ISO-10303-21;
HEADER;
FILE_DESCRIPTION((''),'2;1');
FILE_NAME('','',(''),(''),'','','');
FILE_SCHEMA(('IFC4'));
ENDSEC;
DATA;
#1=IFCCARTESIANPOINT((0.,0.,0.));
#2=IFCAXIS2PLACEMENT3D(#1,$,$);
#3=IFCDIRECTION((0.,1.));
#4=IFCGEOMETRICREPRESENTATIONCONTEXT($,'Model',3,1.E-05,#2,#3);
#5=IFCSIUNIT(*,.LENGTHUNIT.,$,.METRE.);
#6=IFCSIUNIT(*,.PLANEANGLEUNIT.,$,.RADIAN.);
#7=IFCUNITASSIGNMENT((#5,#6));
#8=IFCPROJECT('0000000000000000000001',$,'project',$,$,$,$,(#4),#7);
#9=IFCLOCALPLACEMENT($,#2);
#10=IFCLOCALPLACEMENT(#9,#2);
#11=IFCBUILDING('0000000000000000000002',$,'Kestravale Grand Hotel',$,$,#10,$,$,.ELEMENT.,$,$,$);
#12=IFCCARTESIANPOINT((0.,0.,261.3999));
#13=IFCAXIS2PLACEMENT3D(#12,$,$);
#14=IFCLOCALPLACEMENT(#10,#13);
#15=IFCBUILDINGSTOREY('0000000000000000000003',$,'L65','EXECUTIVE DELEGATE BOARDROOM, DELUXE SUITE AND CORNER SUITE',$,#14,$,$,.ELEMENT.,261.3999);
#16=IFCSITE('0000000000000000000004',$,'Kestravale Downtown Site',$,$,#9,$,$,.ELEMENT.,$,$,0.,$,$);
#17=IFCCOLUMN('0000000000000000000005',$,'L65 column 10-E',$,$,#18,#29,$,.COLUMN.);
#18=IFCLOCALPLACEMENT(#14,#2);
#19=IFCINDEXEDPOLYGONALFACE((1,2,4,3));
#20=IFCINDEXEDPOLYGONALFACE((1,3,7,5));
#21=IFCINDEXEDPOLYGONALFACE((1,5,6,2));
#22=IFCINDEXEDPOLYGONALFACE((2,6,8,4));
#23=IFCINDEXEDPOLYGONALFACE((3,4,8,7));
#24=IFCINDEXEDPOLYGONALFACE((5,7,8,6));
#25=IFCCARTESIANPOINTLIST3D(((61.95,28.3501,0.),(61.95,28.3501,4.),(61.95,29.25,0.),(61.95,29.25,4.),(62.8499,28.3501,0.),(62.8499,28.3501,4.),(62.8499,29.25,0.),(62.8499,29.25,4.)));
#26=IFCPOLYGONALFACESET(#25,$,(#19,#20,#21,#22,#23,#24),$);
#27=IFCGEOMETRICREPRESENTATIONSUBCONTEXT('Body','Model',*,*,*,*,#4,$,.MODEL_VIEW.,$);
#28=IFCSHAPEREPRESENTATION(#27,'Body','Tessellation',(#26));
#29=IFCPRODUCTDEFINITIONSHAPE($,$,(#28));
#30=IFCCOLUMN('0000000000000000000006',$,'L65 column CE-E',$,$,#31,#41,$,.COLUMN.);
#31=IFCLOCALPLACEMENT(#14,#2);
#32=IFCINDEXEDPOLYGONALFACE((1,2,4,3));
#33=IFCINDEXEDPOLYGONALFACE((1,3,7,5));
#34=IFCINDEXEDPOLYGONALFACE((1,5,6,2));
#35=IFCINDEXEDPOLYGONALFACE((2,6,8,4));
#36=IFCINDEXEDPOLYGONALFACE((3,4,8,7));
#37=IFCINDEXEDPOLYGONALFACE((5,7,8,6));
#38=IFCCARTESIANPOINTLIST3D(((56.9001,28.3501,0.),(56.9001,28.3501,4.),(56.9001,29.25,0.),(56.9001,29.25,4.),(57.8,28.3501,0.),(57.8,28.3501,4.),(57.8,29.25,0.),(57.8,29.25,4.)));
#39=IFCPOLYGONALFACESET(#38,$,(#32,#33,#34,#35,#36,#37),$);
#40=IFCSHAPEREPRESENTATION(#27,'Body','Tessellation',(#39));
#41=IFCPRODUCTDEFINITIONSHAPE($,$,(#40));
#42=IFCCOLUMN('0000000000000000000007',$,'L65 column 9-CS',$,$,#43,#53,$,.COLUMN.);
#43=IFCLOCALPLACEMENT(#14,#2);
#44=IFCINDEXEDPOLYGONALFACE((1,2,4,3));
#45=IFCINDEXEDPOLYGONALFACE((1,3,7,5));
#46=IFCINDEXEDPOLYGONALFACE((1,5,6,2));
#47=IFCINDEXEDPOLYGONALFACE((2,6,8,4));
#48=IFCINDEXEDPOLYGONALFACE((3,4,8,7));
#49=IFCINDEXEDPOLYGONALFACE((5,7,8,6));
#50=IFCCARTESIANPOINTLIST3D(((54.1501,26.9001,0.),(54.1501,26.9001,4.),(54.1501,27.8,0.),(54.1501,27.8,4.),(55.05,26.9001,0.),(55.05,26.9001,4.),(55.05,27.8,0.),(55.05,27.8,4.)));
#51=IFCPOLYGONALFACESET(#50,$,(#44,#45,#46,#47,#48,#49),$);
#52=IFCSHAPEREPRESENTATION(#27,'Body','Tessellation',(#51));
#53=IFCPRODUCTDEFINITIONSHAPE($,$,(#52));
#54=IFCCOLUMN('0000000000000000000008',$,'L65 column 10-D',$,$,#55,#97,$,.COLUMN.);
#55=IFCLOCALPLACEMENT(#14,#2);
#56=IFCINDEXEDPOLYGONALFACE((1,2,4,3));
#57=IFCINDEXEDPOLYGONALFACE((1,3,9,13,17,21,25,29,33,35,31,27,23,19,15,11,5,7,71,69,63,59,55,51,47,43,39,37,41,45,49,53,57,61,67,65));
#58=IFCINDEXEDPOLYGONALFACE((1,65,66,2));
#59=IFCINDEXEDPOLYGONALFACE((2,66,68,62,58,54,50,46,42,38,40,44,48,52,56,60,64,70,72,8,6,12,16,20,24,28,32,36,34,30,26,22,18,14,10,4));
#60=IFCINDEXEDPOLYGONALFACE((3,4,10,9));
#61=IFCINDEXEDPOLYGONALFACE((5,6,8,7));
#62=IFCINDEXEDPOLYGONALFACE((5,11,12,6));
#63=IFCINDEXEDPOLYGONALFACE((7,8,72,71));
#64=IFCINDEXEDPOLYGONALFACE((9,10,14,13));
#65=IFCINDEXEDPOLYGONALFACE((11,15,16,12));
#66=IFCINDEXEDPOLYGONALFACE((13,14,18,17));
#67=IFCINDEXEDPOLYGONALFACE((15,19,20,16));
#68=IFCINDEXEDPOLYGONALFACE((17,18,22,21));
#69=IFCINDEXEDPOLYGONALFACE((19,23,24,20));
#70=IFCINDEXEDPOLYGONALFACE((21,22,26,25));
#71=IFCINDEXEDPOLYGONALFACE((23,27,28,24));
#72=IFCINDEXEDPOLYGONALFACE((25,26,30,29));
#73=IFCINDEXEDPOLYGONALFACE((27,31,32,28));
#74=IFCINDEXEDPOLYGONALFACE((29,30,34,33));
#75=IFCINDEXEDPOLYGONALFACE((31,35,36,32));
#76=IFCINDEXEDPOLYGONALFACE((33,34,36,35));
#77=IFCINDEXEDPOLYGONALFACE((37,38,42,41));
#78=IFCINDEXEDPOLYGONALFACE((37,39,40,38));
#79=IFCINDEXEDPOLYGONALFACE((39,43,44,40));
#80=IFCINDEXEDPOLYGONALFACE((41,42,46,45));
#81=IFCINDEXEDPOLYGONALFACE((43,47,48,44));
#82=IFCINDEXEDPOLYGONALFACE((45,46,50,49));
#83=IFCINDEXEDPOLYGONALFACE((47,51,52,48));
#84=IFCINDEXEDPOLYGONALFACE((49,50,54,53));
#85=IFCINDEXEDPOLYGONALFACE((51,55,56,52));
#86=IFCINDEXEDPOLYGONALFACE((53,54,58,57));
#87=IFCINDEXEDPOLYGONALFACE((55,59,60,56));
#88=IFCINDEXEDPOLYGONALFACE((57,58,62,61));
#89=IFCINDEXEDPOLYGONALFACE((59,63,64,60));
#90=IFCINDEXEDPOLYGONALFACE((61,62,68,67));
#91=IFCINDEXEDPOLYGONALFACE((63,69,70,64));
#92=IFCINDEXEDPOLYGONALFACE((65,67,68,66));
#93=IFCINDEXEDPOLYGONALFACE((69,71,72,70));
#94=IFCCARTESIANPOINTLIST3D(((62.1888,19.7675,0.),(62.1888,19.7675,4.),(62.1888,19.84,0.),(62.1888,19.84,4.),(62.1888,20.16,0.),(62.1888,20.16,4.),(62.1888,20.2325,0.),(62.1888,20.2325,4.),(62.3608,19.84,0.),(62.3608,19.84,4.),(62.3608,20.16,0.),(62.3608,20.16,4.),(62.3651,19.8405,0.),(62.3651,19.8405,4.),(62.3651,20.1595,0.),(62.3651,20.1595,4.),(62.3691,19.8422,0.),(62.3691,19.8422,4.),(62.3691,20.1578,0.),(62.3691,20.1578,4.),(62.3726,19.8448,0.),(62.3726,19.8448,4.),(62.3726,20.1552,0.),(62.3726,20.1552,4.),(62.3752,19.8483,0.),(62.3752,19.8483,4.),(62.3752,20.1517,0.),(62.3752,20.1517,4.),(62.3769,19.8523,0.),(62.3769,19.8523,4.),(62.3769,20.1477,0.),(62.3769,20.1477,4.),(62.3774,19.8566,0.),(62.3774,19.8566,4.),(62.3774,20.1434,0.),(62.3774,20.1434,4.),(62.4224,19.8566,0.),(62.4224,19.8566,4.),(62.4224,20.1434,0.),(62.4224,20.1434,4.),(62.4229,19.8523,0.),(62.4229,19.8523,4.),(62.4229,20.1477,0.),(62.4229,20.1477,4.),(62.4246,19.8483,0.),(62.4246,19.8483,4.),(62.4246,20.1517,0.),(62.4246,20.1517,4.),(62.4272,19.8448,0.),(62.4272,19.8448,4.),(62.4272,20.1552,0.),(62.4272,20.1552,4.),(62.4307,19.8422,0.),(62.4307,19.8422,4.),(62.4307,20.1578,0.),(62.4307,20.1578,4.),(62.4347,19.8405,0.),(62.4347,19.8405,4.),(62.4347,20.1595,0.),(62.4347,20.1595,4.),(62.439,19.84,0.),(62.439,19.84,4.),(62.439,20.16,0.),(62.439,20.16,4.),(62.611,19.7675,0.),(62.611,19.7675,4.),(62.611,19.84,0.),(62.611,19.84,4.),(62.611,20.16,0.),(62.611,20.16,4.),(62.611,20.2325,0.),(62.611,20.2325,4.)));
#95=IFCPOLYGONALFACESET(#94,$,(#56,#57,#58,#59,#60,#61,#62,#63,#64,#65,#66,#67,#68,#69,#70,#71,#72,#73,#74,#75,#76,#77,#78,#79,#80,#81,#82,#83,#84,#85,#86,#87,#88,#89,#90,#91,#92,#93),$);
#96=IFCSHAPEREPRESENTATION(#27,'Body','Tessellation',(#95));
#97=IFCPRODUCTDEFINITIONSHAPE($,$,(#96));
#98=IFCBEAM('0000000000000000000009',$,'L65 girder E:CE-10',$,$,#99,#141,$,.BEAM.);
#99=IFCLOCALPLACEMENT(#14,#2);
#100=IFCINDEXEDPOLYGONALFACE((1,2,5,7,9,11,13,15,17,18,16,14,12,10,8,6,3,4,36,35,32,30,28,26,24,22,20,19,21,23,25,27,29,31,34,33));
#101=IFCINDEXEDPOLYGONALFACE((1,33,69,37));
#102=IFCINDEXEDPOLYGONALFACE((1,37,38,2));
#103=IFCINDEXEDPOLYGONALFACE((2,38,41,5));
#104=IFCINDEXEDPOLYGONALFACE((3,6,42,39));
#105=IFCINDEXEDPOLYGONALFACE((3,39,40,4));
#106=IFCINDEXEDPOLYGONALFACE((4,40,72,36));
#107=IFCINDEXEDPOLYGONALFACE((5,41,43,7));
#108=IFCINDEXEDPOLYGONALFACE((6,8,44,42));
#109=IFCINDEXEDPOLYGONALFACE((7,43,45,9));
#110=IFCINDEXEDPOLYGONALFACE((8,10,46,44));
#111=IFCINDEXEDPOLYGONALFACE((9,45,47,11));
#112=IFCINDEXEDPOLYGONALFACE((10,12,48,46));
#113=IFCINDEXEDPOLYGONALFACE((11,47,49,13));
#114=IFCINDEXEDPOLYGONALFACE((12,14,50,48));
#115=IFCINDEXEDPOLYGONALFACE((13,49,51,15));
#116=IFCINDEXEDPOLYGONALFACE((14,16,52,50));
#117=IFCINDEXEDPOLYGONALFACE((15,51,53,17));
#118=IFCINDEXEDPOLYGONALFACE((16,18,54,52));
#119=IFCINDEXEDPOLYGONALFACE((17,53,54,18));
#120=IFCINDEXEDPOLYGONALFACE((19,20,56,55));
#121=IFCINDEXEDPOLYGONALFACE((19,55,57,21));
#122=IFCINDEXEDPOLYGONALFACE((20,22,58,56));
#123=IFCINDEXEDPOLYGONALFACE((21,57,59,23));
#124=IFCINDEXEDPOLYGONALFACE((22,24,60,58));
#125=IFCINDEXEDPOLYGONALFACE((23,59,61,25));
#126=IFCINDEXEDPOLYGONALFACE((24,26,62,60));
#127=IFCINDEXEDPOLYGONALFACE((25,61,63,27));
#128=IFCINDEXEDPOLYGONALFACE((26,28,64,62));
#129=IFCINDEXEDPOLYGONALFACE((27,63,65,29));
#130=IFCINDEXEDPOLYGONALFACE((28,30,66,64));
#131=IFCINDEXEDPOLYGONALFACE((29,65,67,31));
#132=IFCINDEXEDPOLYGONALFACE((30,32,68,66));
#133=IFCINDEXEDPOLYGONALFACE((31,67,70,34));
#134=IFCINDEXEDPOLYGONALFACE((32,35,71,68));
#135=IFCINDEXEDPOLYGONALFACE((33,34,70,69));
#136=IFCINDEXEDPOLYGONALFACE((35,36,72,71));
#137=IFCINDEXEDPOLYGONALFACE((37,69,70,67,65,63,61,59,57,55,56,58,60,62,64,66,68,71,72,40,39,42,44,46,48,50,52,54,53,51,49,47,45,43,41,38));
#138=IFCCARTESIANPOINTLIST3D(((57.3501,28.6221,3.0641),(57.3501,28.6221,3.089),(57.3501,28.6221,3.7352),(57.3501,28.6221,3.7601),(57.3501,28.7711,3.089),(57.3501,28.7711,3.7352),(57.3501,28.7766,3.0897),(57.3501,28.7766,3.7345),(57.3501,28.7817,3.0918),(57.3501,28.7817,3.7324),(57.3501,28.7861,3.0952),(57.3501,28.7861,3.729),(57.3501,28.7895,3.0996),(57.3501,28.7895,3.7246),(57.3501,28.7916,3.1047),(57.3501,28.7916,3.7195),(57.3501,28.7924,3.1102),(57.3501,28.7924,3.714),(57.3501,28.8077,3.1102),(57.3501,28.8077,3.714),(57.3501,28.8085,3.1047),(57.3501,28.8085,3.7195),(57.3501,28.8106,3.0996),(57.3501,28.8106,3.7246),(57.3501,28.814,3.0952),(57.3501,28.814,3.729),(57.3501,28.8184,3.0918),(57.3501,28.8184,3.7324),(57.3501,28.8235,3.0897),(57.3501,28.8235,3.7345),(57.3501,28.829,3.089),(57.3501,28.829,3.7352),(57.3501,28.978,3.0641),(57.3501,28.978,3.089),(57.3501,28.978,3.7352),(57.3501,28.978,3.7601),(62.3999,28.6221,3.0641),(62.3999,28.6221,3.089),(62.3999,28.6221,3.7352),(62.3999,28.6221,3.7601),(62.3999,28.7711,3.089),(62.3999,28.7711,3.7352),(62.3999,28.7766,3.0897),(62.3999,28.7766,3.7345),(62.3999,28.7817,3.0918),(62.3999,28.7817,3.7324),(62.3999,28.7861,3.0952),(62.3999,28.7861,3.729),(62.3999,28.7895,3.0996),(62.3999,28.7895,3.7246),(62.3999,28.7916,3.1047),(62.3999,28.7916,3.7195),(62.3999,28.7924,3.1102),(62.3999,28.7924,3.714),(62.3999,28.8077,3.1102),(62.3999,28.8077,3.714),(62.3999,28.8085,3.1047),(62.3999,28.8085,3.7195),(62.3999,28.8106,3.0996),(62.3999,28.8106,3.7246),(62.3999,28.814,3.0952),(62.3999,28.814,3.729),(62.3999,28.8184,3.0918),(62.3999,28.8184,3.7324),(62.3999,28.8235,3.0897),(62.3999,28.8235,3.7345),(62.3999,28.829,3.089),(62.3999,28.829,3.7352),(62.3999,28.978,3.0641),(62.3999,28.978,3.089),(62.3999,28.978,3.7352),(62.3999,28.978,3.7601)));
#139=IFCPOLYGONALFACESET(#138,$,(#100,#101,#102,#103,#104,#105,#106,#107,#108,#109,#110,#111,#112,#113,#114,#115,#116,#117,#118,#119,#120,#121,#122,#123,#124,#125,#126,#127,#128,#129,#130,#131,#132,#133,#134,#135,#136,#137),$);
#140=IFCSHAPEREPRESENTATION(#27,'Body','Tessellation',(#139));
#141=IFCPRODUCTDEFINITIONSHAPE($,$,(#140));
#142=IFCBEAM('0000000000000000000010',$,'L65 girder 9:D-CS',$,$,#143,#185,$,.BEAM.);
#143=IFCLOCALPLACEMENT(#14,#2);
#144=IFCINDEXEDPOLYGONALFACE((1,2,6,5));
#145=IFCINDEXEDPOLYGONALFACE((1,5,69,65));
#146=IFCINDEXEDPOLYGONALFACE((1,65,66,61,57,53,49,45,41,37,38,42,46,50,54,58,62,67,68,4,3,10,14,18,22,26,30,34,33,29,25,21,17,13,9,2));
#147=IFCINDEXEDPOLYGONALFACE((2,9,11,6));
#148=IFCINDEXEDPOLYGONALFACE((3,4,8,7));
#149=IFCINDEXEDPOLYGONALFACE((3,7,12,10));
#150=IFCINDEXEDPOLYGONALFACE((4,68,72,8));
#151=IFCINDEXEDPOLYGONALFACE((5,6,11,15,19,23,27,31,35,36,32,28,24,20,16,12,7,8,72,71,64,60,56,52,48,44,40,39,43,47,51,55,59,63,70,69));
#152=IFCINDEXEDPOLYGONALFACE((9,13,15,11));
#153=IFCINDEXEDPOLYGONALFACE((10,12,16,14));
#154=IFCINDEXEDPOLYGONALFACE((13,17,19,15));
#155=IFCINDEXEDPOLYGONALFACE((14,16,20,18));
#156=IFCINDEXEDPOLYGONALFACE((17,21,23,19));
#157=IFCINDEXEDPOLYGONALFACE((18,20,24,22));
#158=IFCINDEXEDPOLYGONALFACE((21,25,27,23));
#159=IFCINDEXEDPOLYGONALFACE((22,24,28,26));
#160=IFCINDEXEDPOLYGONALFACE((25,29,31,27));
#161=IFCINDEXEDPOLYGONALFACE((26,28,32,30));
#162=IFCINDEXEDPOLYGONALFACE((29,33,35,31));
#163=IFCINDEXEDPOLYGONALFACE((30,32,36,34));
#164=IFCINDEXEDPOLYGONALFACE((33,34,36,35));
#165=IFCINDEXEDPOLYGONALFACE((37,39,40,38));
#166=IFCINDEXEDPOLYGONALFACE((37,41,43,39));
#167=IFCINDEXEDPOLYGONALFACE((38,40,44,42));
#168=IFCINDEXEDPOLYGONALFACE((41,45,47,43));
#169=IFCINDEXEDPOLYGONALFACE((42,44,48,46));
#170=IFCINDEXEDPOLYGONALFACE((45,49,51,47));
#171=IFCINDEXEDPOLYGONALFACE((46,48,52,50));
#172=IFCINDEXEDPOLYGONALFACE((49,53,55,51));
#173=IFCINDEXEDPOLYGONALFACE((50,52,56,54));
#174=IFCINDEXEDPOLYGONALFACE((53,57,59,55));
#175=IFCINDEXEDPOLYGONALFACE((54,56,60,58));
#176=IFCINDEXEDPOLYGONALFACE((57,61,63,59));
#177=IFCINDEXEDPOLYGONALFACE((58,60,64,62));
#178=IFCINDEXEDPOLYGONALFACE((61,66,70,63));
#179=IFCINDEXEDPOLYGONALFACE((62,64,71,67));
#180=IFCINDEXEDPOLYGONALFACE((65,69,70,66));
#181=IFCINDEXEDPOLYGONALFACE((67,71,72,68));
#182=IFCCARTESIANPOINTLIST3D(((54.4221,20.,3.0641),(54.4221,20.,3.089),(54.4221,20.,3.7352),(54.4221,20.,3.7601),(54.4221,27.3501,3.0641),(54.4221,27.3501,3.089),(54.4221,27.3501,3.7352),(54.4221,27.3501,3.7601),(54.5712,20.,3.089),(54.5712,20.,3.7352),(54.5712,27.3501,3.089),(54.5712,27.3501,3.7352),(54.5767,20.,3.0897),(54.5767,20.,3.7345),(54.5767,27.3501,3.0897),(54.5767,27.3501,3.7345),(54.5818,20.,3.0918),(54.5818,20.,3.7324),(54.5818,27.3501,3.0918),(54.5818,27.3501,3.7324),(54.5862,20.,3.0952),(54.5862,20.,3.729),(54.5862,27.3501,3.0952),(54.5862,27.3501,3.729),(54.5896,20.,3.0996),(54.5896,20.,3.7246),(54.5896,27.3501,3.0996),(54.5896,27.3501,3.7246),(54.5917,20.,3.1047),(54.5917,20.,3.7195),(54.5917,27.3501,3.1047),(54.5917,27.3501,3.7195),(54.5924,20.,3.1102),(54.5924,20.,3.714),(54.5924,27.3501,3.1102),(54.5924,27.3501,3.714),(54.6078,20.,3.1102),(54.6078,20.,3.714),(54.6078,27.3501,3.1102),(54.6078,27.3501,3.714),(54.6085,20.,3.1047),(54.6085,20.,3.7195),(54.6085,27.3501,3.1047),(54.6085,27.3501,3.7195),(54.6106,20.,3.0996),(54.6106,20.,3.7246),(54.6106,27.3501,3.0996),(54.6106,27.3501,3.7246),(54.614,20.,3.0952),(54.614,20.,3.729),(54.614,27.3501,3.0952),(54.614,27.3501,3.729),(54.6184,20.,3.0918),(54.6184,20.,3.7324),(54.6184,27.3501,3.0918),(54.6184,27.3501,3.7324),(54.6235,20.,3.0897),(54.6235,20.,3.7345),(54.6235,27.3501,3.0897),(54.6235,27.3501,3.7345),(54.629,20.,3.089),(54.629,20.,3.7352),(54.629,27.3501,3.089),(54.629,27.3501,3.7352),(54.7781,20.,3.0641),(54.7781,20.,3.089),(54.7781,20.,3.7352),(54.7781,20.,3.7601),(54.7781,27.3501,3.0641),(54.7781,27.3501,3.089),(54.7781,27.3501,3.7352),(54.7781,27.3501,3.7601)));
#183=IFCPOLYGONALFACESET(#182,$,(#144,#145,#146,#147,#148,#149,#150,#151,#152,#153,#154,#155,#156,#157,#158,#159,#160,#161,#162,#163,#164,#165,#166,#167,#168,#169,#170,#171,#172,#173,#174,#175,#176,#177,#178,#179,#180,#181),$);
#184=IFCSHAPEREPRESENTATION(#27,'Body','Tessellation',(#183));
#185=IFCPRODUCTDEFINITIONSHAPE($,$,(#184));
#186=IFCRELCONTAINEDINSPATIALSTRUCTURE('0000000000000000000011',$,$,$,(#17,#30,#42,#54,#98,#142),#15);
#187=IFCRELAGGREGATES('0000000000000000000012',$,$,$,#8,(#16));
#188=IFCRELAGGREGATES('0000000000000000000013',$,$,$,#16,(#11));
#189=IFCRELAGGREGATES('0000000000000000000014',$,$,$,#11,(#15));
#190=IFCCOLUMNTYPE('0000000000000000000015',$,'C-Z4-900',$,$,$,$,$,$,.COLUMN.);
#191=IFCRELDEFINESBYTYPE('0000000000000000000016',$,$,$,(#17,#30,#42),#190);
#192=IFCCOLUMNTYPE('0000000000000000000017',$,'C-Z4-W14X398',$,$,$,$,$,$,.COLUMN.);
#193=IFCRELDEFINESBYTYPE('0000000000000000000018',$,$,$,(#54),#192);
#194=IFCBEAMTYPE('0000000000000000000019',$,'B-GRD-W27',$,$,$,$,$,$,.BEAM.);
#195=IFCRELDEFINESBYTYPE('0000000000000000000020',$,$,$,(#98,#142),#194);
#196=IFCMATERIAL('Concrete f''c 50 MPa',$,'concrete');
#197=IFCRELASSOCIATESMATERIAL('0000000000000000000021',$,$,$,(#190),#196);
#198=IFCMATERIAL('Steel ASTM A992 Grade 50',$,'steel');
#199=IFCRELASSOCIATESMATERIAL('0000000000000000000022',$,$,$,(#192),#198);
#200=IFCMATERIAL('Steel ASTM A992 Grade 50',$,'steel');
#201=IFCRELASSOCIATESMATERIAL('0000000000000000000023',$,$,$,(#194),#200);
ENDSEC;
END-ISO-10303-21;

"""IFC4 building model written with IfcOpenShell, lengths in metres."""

from ifc_helpers import new_model, si_unit, direction, frame, origin, origin_2d, place, context, subcontext, project, spatial, rectangle, i_section, extrude, material, material_profile, profile_set, type_object, element, save


model = new_model("IFC4")

# Units and contexts
model_context = context("Model", 3, precision=1e-05, world=origin(), true_north=direction((0.0, 1.0)))
body_context = subcontext(model_context, "Body", "Model", "MODEL_VIEW")
ifc_project = project(units=[si_unit("LENGTHUNIT", "METRE"), si_unit("PLANEANGLEUNIT", "RADIAN")], contexts=[model_context])

# Site, building, storey
site_placement = place(None, origin())
site = spatial("IfcSite", under=ifc_project, at=site_placement, Name="Kestravale Downtown Site", CompositionType="ELEMENT", RefElevation=0.0)
building_placement = place(site_placement, origin())
building = spatial("IfcBuilding", under=site, at=building_placement, Name="Kestravale Grand Hotel", CompositionType="ELEMENT")
storey_placement = place(building_placement, frame((0.0, 0.0, 261.3999)))
storey = spatial("IfcBuildingStorey", under=building, at=storey_placement, Name="L65", Description="EXECUTIVE DELEGATE BOARDROOM, DELUXE SUITE AND CORNER SUITE", CompositionType="ELEMENT", Elevation=261.3999)

# Columns
ifc_material_1 = material(Name="Concrete f'c 50 MPa", Category="concrete")
ifc_material_profile_1 = material_profile(ifc_material_1, rectangle(XDim=0.8999, YDim=0.8999, at=origin_2d()))
ifc_profile_set_1 = profile_set([ifc_material_profile_1], Name="Concrete f'c 50 MPa")
column_type_1 = type_object("IfcColumnType", Name="C-Z4-900", PredefinedType="COLUMN", material=ifc_profile_set_1)
for number, where, z_axis, x_axis, name in (
    (1, (62.3999, 28.8, 0.0), (0.0, 0.0, 1.0), (1.0, 0.0, 0.0), "L65 column 10-E"),
    (2, (57.3501, 28.8, 0.0), (0.0, 0.0, 1.0), (1.0, 0.0, 0.0), "L65 column CE-E"),
    (3, (54.6001, 27.3501, 0.0), (0.0, 0.0, 1.0), (1.0, 0.0, 0.0), "L65 column 9-CS"),
):
    element("IfcColumn", number, at=place(storey_placement, frame(where, z_axis=z_axis, x_axis=x_axis)), inside=storey, type_object=column_type_1, Name=name, PredefinedType="COLUMN", context=body_context, shape_type="SweptSolid", body=[
        extrude(rectangle(XDim=0.8999, YDim=0.8999, at=origin_2d()), origin(), (0.0, 0.0, 1.0), 4.0),
    ])
ifc_material_2 = material(Name="Steel ASTM A992 Grade 50", Category="steel")
ifc_material_profile_2 = material_profile(ifc_material_2, i_section(OverallWidth=0.4221, OverallDepth=0.4651, WebThickness=0.0449, FlangeThickness=0.0725, FilletRadius=0.0166, at=origin_2d()))
ifc_profile_set_2 = profile_set([ifc_material_profile_2], Name="Steel ASTM A992 Grade 50")
column_type_2 = type_object("IfcColumnType", Name="C-Z4-W14X398", PredefinedType="COLUMN", material=ifc_profile_set_2)
column_placement = place(storey_placement, frame((62.3999, 20.0, 0.0), z_axis=(0.0, 0.0, 1.0), x_axis=(1.0, 0.0, 0.0)))
element("IfcColumn", 4, at=column_placement, inside=storey, type_object=column_type_2, Name="L65 column 10-D", PredefinedType="COLUMN", context=body_context, shape_type="SweptSolid", body=[
    extrude(i_section(OverallWidth=0.4221, OverallDepth=0.4651, WebThickness=0.0449, FlangeThickness=0.0725, FilletRadius=0.0166, at=origin_2d()), origin(), (0.0, 0.0, 1.0), 4.0),
])

# Beams
ifc_material_3 = material(Name="Steel ASTM A992 Grade 50", Category="steel")
ifc_material_profile_3 = material_profile(ifc_material_3, i_section(OverallWidth=0.356, OverallDepth=0.696, WebThickness=0.0154, FlangeThickness=0.0249, FilletRadius=0.0212, at=origin_2d()))
ifc_profile_set_3 = profile_set([ifc_material_profile_3], Name="Steel ASTM A992 Grade 50")
beam_type = type_object("IfcBeamType", Name="B-GRD-W27", PredefinedType="BEAM", material=ifc_profile_set_3)
beam_1_placement = place(storey_placement, frame((57.3501, 28.8, 3.4121), z_axis=(1.0, 0.0, 0.0), x_axis=(0.0, 1.0, 0.0)))
element("IfcBeam", 5, at=beam_1_placement, inside=storey, type_object=beam_type, Name="L65 girder E:CE-10", PredefinedType="BEAM", context=body_context, shape_type="SweptSolid", body=[
    extrude(i_section(OverallWidth=0.356, OverallDepth=0.696, WebThickness=0.0154, FlangeThickness=0.0249, FilletRadius=0.0212, at=origin_2d()), origin(), (0.0, 0.0, 1.0), 5.0498),
])
beam_2_placement = place(storey_placement, frame((54.6001, 20.0, 3.4121), z_axis=(0.0, 1.0, 0.0), x_axis=(-1.0, 0.0, 0.0)))
element("IfcBeam", 6, at=beam_2_placement, inside=storey, type_object=beam_type, Name="L65 girder 9:D-CS", PredefinedType="BEAM", context=body_context, shape_type="SweptSolid", body=[
    extrude(i_section(OverallWidth=0.356, OverallDepth=0.696, WebThickness=0.0154, FlangeThickness=0.0249, FilletRadius=0.0212, at=origin_2d()), origin(), (0.0, 0.0, 1.0), 7.3501),
])

save(model, "model.ifc")
